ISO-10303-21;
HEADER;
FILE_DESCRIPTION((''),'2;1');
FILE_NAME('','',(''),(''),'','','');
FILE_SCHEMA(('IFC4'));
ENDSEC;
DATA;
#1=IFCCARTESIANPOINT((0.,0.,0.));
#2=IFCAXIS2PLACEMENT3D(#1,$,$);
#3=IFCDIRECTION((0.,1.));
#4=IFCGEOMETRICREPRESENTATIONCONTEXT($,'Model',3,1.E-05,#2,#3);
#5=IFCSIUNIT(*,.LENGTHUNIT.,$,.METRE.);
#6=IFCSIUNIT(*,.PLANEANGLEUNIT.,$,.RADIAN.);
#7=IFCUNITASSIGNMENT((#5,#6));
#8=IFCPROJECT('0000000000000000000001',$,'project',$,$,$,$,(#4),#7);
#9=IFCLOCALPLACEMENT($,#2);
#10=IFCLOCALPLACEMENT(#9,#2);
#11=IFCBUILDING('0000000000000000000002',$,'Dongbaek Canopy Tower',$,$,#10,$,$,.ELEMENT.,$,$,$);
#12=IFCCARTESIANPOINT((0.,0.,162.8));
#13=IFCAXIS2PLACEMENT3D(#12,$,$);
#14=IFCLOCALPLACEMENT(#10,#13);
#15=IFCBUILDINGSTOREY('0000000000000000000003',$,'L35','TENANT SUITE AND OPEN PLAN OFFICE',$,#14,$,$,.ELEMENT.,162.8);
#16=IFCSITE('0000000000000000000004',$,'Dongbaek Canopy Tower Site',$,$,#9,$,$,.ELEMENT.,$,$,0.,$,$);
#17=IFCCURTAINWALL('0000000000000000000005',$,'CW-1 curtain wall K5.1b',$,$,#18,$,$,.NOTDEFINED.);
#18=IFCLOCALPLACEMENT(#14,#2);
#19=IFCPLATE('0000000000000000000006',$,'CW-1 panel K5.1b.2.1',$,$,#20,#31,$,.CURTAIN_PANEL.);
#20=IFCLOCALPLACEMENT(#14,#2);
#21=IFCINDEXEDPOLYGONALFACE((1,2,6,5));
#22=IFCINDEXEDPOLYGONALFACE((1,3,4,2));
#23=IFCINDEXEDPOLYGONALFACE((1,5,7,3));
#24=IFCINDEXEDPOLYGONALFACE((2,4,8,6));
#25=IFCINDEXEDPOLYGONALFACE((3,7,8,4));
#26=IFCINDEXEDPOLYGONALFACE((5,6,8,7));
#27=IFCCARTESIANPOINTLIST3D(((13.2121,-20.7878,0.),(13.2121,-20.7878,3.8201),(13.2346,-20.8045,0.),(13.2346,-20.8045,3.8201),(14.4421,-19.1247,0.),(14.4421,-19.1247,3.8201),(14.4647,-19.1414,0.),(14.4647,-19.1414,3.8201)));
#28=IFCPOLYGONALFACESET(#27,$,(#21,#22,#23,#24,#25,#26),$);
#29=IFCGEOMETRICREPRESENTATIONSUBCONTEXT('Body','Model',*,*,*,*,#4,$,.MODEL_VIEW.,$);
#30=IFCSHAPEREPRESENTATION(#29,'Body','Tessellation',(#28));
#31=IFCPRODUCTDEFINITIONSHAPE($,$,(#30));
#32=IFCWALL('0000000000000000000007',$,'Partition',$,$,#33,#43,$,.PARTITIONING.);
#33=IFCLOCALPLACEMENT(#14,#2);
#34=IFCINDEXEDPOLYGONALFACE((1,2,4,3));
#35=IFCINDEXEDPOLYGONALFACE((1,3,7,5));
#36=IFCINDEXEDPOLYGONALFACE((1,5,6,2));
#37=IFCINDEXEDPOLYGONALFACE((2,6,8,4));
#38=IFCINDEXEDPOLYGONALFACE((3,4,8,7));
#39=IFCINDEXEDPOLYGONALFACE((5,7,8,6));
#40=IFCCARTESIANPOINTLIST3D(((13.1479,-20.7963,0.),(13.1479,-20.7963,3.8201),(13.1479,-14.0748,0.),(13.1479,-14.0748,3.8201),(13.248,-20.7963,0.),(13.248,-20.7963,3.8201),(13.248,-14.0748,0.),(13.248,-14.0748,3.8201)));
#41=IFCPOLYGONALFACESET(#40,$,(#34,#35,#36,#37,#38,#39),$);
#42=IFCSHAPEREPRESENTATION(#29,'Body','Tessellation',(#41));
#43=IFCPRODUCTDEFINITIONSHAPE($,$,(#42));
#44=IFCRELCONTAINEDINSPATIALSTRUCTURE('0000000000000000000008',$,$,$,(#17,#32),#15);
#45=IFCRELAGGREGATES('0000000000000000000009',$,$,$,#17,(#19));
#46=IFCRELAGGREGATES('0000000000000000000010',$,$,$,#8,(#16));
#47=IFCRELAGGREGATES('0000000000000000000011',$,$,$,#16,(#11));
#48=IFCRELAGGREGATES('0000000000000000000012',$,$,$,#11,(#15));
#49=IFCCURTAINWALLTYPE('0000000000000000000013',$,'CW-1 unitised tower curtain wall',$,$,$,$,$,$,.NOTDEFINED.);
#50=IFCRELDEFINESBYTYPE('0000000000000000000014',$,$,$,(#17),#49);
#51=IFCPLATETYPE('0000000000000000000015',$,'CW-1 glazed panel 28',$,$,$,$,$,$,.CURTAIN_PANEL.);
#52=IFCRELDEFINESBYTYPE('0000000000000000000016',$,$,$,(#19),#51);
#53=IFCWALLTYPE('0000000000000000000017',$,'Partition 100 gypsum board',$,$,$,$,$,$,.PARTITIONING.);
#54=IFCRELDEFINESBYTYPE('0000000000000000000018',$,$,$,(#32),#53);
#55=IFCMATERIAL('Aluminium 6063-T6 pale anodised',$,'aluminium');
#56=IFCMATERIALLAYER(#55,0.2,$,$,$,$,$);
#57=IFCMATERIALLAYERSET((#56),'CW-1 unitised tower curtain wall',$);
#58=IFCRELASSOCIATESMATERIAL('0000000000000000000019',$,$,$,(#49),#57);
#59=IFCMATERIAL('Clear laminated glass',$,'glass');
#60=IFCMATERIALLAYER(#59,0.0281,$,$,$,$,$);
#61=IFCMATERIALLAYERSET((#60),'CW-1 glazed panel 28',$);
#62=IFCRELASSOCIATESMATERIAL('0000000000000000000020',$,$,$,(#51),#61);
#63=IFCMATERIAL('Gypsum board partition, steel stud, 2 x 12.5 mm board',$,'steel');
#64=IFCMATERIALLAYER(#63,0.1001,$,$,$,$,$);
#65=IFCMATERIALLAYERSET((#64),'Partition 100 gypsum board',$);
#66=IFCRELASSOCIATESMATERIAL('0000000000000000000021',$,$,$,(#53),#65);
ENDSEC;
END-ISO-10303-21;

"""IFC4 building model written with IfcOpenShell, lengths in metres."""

from ifc_helpers import new_model, si_unit, direction, frame, frame_2d, origin, origin_2d, place, context, subcontext, project, spatial, rectangle, extrude, material, layer, layer_set, type_object, element, aggregate, save


model = new_model("IFC4")

# Units and contexts
model_context = context("Model", 3, precision=1e-05, world=origin(), true_north=direction((0.0, 1.0)))
body_context = subcontext(model_context, "Body", "Model", "MODEL_VIEW")
ifc_project = project(units=[si_unit("LENGTHUNIT", "METRE"), si_unit("PLANEANGLEUNIT", "RADIAN")], contexts=[model_context])

# Site, building, storey
site_placement = place(None, origin())
site = spatial("IfcSite", under=ifc_project, at=site_placement, Name="Dongbaek Canopy Tower Site", CompositionType="ELEMENT", RefElevation=0.0)
building_placement = place(site_placement, origin())
building = spatial("IfcBuilding", under=site, at=building_placement, Name="Dongbaek Canopy Tower", CompositionType="ELEMENT")
storey_placement = place(building_placement, frame((0.0, 0.0, 162.8)))
storey = spatial("IfcBuildingStorey", under=building, at=storey_placement, Name="L35", Description="TENANT SUITE AND OPEN PLAN OFFICE", CompositionType="ELEMENT", Elevation=162.8)

# Shared definitions
ifc_material_1 = material(Name="Aluminium 6063-T6 pale anodised", Category="aluminium")
ifc_layer_1 = layer(ifc_material_1, 0.2)
ifc_layer_set_1 = layer_set([ifc_layer_1], Name="CW-1 unitised tower curtain wall")
curtain_wall_type = type_object("IfcCurtainWallType", Name="CW-1 unitised tower curtain wall", PredefinedType="NOTDEFINED", material=ifc_layer_set_1)

# Curtain wall
curtain_wall_1_placement = place(storey_placement, origin())
curtain_wall_1 = element("IfcCurtainWall", 1, at=curtain_wall_1_placement, inside=storey, type_object=curtain_wall_type, Name="CW-1 curtain wall K5.1b", PredefinedType="NOTDEFINED")

# Plate
ifc_material_2 = material(Name="Clear laminated glass", Category="glass")
ifc_layer_2 = layer(ifc_material_2, 0.0281)
ifc_layer_set_2 = layer_set([ifc_layer_2], Name="CW-1 glazed panel 28")
plate_type = type_object("IfcPlateType", Name="CW-1 glazed panel 28", PredefinedType="CURTAIN_PANEL", material=ifc_layer_set_2)
plate_1_placement = place(storey_placement, frame((13.8384, -19.9646, 0.0), z_axis=(0.0, 0.0, 1.0), x_axis=(0.594631, 0.803999, 0.0)))
plate_1 = element("IfcPlate", 2, at=plate_1_placement, type_object=plate_type, Name="CW-1 panel K5.1b.2.1", PredefinedType="CURTAIN_PANEL", context=body_context, shape_type="SweptSolid", body=[
    extrude(rectangle(XDim=2.0686, YDim=0.0281, at=origin_2d()), origin(), (0.0, 0.0, 1.0), 3.8201),
])
aggregate(curtain_wall_1, [plate_1])

# Wall
ifc_material_3 = material(Name="Gypsum board partition, steel stud, 2 x 12.5 mm board", Category="steel")
ifc_layer_3 = layer(ifc_material_3, 0.1001)
ifc_layer_set_3 = layer_set([ifc_layer_3], Name="Partition 100 gypsum board")
wall_type_1 = type_object("IfcWallType", Name="Partition 100 gypsum board", PredefinedType="PARTITIONING", material=ifc_layer_set_3)
wall_1_placement = place(storey_placement, frame((13.198, -20.7964, 0.0), z_axis=(0.0, 0.0, 1.0), x_axis=(0.0, 1.0, 0.0)))
element("IfcWall", 3, at=wall_1_placement, inside=storey, type_object=wall_type_1, Name="Partition", PredefinedType="PARTITIONING", context=body_context, shape_type="SweptSolid", body=[
    extrude(rectangle(XDim=6.7214, YDim=0.1001, at=frame_2d((3.3608, 0.0))), origin(), (0.0, 0.0, 1.0), 3.8201),
])

save(model, "model.ifc")
